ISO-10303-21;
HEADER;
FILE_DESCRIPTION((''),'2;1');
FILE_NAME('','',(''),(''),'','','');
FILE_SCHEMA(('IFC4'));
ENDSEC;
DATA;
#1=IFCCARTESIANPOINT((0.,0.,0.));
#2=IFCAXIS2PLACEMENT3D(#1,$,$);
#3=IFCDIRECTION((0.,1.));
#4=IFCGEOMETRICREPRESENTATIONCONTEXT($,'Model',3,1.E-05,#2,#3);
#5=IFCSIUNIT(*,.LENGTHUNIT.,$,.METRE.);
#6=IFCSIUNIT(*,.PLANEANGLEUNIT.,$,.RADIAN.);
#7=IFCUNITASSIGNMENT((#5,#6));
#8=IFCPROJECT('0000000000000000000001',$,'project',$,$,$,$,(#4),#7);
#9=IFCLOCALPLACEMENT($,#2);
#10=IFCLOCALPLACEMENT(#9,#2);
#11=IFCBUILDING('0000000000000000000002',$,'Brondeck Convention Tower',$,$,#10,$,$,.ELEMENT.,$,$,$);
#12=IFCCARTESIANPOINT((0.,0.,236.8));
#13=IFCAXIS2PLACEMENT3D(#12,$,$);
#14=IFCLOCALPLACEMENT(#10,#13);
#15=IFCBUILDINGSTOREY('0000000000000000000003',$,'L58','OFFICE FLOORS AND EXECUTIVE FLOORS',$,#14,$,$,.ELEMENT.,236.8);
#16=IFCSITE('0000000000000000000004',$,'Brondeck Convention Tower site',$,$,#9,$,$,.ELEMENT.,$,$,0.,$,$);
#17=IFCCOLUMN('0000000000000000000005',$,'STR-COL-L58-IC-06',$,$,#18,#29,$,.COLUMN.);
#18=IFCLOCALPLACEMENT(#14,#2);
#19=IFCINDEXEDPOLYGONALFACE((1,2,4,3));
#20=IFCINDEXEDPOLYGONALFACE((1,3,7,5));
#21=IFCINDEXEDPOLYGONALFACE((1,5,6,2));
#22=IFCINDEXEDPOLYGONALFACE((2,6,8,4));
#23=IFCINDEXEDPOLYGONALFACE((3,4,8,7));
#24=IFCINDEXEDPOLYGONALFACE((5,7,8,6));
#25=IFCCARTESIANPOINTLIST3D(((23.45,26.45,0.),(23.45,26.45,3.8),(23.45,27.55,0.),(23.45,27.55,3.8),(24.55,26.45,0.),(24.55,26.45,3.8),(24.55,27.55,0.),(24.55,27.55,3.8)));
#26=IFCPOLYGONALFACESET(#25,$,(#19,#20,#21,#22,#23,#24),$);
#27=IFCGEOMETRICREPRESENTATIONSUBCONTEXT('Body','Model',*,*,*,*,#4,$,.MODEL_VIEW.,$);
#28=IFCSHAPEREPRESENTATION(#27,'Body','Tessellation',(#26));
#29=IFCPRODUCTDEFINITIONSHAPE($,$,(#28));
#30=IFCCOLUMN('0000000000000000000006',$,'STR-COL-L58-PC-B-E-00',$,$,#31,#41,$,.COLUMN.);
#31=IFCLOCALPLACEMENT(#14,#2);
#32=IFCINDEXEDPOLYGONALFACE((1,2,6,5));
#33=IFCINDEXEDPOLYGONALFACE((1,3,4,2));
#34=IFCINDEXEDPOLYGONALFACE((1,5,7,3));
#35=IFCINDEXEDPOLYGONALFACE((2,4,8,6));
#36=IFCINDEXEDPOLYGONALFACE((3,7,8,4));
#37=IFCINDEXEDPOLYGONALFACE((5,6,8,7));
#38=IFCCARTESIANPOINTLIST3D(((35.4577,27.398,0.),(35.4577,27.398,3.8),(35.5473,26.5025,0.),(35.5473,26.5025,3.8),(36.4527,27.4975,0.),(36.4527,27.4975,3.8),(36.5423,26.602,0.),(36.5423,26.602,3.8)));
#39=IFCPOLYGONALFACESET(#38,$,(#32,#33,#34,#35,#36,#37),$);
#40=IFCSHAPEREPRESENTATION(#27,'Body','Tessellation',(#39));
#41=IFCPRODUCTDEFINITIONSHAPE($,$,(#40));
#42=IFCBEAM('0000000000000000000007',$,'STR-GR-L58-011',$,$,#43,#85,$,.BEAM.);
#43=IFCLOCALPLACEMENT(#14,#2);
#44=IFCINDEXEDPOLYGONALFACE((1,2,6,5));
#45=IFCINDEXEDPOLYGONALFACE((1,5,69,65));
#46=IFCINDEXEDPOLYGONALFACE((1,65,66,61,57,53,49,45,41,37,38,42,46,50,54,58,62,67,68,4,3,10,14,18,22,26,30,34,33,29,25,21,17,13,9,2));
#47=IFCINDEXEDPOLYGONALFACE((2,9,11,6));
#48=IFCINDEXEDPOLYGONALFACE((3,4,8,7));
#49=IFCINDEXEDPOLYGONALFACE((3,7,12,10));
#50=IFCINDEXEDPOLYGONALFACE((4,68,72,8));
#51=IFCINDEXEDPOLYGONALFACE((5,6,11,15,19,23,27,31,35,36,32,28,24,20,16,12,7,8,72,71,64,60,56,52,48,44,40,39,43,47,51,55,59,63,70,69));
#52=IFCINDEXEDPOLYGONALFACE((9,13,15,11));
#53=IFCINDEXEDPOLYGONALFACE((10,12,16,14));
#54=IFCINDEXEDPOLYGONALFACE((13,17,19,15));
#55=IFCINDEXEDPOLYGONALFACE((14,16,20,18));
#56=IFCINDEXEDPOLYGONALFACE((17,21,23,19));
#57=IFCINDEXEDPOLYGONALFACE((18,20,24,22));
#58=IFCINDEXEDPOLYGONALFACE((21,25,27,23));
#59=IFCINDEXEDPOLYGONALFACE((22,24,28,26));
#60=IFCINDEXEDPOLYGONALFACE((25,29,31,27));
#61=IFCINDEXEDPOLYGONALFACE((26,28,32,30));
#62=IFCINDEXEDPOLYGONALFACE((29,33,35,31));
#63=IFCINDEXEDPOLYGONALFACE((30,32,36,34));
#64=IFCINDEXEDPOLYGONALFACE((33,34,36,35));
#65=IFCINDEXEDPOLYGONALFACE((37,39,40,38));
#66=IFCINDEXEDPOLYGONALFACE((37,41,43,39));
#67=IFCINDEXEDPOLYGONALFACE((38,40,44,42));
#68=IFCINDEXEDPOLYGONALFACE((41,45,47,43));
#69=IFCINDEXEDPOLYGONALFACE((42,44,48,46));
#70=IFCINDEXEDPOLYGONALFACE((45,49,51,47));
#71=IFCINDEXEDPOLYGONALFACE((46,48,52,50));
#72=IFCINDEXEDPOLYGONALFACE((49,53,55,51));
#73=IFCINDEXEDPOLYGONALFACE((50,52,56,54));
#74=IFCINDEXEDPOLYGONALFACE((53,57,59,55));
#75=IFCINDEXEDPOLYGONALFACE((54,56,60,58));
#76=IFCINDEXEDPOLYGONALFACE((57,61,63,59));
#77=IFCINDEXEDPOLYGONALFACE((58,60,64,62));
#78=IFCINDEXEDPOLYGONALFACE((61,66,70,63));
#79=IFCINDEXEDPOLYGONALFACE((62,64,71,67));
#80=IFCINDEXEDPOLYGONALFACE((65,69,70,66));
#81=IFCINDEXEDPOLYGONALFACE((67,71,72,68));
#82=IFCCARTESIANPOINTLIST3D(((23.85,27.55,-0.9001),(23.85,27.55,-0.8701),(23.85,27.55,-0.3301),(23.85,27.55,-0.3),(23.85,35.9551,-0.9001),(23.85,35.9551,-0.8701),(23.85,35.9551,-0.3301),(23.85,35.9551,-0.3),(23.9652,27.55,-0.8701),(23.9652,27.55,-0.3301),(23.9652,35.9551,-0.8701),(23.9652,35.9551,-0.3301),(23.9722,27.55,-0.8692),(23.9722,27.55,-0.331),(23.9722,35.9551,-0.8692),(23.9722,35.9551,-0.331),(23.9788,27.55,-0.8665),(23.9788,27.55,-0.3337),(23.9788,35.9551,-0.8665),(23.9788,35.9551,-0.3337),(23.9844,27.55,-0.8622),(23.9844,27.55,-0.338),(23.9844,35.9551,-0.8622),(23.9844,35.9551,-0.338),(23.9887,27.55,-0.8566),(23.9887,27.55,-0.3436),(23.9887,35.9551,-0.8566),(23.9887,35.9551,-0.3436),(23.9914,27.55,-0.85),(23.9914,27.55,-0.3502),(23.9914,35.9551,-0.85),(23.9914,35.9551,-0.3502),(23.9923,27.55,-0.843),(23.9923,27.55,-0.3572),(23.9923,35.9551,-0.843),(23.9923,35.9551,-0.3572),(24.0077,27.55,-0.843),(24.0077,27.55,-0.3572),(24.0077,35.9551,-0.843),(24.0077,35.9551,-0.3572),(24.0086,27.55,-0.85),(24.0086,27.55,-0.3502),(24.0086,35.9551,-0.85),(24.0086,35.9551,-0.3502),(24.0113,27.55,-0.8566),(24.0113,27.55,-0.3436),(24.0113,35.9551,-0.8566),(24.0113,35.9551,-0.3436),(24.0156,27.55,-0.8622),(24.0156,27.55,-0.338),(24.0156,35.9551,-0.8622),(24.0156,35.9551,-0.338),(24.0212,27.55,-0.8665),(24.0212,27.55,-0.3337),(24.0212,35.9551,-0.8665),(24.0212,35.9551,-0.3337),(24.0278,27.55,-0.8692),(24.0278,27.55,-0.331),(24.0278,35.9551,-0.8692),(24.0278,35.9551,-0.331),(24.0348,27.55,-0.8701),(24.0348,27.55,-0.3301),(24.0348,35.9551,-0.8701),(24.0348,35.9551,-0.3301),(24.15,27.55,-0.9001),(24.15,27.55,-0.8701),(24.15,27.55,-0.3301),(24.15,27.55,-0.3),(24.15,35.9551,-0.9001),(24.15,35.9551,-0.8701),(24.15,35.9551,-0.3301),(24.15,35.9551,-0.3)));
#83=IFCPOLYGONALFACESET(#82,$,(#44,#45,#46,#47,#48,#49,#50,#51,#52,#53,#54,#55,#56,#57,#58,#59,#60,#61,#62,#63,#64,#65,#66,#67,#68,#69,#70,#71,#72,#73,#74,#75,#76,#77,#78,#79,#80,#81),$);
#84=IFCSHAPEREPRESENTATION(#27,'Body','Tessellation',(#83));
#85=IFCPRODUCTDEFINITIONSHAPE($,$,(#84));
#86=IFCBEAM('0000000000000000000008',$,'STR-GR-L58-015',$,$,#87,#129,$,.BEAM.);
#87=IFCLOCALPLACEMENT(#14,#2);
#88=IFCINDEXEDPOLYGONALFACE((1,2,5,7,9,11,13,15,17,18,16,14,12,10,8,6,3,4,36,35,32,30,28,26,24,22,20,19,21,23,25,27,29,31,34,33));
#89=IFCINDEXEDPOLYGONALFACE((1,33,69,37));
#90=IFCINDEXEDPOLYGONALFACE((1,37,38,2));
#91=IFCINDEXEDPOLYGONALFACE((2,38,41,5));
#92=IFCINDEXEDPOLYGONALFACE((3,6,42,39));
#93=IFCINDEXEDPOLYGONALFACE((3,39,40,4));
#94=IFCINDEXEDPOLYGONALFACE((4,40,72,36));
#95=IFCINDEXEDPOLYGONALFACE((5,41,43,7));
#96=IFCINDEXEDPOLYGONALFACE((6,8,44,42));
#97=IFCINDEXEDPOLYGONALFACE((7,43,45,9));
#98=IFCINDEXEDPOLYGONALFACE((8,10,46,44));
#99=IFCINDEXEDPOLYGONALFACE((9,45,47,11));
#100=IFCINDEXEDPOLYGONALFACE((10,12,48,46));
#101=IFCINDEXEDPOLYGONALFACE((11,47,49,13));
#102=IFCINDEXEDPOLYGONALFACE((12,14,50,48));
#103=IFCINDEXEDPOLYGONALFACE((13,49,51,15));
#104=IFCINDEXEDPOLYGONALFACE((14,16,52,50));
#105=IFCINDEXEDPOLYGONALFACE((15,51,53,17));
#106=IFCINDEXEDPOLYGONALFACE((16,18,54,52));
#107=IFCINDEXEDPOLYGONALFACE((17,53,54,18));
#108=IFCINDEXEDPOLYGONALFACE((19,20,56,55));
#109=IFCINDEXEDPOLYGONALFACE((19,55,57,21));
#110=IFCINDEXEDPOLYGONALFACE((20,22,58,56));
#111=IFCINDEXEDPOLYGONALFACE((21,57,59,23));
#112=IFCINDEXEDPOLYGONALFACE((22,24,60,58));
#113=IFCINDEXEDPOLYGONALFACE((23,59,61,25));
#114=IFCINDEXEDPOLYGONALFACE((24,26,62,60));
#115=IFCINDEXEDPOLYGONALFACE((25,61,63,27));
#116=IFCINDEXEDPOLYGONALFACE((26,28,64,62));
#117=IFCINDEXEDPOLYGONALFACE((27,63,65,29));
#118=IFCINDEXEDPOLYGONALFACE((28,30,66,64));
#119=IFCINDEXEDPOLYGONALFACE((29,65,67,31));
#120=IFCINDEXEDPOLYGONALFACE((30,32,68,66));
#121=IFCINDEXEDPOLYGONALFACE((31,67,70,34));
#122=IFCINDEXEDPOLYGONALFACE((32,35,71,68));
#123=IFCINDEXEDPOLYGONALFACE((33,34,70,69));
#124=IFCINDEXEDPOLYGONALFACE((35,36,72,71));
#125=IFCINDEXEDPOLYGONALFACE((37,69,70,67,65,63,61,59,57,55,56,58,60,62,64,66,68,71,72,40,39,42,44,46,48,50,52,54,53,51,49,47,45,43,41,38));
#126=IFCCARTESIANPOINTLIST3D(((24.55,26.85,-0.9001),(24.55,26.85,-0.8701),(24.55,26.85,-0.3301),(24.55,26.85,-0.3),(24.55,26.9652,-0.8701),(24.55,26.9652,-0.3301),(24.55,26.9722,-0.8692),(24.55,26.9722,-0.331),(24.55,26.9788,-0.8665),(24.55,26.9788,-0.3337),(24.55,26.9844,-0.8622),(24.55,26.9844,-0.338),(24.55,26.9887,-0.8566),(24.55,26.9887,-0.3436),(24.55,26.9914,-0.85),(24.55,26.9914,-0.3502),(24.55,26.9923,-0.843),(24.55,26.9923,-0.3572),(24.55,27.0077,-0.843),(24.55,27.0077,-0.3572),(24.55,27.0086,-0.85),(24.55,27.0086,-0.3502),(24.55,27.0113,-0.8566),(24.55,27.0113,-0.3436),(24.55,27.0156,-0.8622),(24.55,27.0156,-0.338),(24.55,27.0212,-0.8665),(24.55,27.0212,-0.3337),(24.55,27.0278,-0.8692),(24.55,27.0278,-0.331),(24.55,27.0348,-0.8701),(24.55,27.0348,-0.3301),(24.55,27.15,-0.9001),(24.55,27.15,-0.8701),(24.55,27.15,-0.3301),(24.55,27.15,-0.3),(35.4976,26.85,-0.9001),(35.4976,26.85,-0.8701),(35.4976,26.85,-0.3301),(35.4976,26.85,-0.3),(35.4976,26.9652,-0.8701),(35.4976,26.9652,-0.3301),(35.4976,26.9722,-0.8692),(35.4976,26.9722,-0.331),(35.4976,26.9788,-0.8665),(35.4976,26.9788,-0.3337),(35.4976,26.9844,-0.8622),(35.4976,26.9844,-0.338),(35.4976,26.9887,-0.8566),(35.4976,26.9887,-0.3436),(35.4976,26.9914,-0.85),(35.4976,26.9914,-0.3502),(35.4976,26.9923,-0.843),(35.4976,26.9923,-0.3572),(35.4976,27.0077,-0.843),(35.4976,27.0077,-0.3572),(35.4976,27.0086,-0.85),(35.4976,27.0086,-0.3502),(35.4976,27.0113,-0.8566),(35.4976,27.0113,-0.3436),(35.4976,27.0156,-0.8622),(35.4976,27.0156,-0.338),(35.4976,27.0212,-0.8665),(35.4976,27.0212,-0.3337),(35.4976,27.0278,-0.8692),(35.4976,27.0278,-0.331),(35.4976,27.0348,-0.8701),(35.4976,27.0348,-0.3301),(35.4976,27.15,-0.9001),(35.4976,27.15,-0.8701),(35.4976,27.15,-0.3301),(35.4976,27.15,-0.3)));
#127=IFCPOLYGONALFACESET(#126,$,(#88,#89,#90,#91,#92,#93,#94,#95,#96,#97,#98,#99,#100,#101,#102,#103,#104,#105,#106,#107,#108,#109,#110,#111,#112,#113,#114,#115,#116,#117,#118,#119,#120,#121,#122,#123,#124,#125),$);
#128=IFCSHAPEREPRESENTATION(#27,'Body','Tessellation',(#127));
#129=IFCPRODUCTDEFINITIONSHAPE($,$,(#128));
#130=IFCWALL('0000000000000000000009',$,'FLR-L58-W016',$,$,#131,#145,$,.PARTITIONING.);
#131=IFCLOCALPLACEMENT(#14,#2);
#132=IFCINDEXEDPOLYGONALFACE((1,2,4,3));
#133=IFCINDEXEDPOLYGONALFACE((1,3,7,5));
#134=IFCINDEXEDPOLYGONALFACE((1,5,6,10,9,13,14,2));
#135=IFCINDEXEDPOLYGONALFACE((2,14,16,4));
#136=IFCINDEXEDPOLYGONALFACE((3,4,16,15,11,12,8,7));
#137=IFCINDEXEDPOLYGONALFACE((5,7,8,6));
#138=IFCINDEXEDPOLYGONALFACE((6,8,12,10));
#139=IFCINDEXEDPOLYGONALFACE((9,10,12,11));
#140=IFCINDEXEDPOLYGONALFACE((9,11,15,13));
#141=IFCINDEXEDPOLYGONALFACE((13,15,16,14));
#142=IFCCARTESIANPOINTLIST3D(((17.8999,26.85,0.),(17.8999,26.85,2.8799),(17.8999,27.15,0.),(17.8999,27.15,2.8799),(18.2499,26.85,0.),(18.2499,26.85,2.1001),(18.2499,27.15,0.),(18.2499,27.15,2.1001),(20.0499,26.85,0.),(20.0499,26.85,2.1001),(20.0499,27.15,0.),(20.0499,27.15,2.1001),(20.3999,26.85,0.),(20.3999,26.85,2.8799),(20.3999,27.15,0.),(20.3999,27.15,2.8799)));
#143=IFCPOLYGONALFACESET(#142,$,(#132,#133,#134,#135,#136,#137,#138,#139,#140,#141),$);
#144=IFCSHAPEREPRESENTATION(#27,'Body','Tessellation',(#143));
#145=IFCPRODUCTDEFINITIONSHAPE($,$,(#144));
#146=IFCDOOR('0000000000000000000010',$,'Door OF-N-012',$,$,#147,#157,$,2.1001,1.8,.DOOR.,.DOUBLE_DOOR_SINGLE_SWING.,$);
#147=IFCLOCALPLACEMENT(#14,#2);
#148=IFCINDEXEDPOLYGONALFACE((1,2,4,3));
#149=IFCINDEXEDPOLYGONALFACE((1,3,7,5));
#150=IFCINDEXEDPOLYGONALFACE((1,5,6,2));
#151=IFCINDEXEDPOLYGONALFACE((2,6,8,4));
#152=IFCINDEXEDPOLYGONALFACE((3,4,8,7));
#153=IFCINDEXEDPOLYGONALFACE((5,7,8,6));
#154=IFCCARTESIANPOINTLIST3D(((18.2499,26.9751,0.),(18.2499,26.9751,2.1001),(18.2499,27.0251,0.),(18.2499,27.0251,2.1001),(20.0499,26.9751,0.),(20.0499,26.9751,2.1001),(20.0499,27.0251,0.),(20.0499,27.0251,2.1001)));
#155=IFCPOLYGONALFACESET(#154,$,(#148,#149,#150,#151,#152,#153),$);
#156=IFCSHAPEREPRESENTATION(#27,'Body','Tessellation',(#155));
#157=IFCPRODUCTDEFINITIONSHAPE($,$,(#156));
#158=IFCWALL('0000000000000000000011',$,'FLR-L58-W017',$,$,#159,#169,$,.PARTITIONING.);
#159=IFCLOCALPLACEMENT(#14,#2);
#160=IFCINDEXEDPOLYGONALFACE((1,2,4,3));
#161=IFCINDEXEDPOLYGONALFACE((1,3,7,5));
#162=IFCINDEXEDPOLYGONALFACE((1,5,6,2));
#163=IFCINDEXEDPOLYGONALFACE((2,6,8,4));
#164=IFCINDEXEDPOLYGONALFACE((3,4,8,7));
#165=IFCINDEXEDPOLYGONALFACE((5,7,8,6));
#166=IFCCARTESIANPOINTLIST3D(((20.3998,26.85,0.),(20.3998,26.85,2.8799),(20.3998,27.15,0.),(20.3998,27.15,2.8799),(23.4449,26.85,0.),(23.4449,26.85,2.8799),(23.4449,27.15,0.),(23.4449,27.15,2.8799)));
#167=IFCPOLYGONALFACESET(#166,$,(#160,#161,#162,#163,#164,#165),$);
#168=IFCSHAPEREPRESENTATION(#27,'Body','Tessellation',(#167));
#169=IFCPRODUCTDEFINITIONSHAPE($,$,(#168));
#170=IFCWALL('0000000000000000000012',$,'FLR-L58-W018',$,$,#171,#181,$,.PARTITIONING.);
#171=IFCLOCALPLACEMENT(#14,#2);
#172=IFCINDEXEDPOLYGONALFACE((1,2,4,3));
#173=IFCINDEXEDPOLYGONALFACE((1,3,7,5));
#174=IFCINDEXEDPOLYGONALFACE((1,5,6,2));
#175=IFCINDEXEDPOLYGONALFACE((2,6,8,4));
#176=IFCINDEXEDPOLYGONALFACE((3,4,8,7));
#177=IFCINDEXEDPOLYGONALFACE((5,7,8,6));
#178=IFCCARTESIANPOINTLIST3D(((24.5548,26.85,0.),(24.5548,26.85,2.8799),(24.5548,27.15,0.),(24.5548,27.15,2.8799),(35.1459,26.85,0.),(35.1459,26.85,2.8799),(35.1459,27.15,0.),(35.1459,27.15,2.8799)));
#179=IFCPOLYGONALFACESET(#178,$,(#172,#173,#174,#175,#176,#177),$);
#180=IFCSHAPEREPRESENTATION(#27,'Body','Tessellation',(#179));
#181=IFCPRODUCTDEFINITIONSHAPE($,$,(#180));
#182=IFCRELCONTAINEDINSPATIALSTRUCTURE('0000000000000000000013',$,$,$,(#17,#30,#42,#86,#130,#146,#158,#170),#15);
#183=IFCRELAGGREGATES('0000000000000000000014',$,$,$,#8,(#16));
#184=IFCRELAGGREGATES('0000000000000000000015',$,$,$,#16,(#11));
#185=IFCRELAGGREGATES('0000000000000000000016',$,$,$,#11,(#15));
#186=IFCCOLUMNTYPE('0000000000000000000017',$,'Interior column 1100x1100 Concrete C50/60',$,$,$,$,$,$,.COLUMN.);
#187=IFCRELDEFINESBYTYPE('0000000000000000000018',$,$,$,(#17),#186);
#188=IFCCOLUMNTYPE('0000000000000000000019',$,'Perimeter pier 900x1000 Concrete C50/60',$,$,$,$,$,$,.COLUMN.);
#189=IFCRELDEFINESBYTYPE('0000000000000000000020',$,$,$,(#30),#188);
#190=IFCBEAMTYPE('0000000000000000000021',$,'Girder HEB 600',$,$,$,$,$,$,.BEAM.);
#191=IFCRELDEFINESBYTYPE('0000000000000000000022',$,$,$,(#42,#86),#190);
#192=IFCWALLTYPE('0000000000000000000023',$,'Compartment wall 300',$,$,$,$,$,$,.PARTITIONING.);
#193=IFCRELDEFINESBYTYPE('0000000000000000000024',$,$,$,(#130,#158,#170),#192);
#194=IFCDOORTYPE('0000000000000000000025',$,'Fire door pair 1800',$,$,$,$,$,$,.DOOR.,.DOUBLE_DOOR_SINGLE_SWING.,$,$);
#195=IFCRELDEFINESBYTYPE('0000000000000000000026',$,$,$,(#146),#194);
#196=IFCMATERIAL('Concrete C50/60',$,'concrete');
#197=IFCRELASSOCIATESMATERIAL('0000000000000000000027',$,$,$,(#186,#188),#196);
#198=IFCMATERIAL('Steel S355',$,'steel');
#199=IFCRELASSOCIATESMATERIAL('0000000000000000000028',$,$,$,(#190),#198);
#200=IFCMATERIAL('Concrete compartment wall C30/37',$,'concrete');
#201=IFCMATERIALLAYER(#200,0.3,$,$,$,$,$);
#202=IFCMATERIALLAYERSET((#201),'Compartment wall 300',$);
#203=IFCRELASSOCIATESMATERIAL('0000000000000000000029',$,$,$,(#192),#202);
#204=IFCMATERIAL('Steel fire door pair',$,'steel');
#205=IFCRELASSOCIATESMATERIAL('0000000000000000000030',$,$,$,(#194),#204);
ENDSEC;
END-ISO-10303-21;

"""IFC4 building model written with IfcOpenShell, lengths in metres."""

from ifc_helpers import new_model, si_unit, direction, frame, frame_2d, origin, origin_2d, place, context, subcontext, project, spatial, rectangle, i_section, extrude, material, layer, layer_set, material_profile, profile_set, type_object, element, fill, save


model = new_model("IFC4")

# Units and contexts
model_context = context("Model", 3, precision=1e-05, world=origin(), true_north=direction((0.0, 1.0)))
body_context = subcontext(model_context, "Body", "Model", "MODEL_VIEW")
ifc_project = project(units=[si_unit("LENGTHUNIT", "METRE"), si_unit("PLANEANGLEUNIT", "RADIAN")], contexts=[model_context])

# Site, building, storey
site_placement = place(None, origin())
site = spatial("IfcSite", under=ifc_project, at=site_placement, Name="Brondeck Convention Tower site", CompositionType="ELEMENT", RefElevation=0.0)
building_placement = place(site_placement, origin())
building = spatial("IfcBuilding", under=site, at=building_placement, Name="Brondeck Convention Tower", CompositionType="ELEMENT")
storey_placement = place(building_placement, frame((0.0, 0.0, 236.8)))
storey = spatial("IfcBuildingStorey", under=building, at=storey_placement, Name="L58", Description="OFFICE FLOORS AND EXECUTIVE FLOORS", CompositionType="ELEMENT", Elevation=236.8)

# Columns
ifc_material_1 = material(Name="Concrete C50/60", Category="concrete")
ifc_material_profile_1 = material_profile(ifc_material_1, rectangle(XDim=1.1001, YDim=1.1001, at=origin_2d()), Name="Interior column 1100x1100 Concrete C50/60")
ifc_profile_set_1 = profile_set([ifc_material_profile_1], Name="Concrete C50/60")
column_type_1 = type_object("IfcColumnType", Name="Interior column 1100x1100 Concrete C50/60", PredefinedType="COLUMN", material=ifc_profile_set_1)
column_1_placement = place(storey_placement, frame((24.0, 27.0, 0.0), z_axis=(0.0, 0.0, 1.0), x_axis=(1.0, 0.0, 0.0)))
element("IfcColumn", 1, at=column_1_placement, inside=storey, type_object=column_type_1, Name="STR-COL-L58-IC-06", PredefinedType="COLUMN", context=body_context, shape_type="SweptSolid", body=[
    extrude(rectangle(XDim=1.1001, YDim=1.1001, at=origin_2d()), origin(), (0.0, 0.0, 1.0), 3.8),
])
ifc_material_profile_2 = material_profile(ifc_material_1, rectangle(XDim=0.8999, YDim=1.0, at=origin_2d()), Name="Perimeter pier 900x1000 Concrete C50/60")
ifc_profile_set_2 = profile_set([ifc_material_profile_2], Name="Concrete C50/60")
column_type_2 = type_object("IfcColumnType", Name="Perimeter pier 900x1000 Concrete C50/60", PredefinedType="COLUMN", material=ifc_profile_set_2)
column_2_placement = place(storey_placement, frame((36.0, 27.0, 0.0), z_axis=(0.0, 0.0, 1.0), x_axis=(-0.099504, 0.995037, 0.0)))
element("IfcColumn", 2, at=column_2_placement, inside=storey, type_object=column_type_2, Name="STR-COL-L58-PC-B-E-00", PredefinedType="COLUMN", context=body_context, shape_type="SweptSolid", body=[
    extrude(rectangle(XDim=0.8999, YDim=1.0, at=origin_2d()), origin(), (0.0, 0.0, 1.0), 3.8),
])

# Beams
ifc_material_2 = material(Name="Steel S355", Category="steel")
ifc_material_profile_3 = material_profile(ifc_material_2, i_section(OverallWidth=0.3, OverallDepth=0.6001, WebThickness=0.0154, FlangeThickness=0.03, FilletRadius=0.0271, at=origin_2d()), Name="HEB 600")
ifc_profile_set_3 = profile_set([ifc_material_profile_3], Name="Steel S355")
beam_type = type_object("IfcBeamType", Name="Girder HEB 600", PredefinedType="BEAM", material=ifc_profile_set_3)
beam_1_placement = place(storey_placement, frame((24.0, 35.9551, -0.6001), z_axis=(0.0, -1.0, 0.0), x_axis=(1.0, 0.0, 0.0)))
element("IfcBeam", 3, at=beam_1_placement, inside=storey, type_object=beam_type, Name="STR-GR-L58-011", PredefinedType="BEAM", context=body_context, shape_type="SweptSolid", body=[
    extrude(i_section(OverallWidth=0.3, OverallDepth=0.6001, WebThickness=0.0154, FlangeThickness=0.03, FilletRadius=0.0271, at=origin_2d()), origin(), (0.0, 0.0, 1.0), 8.405),
])
beam_2_placement = place(storey_placement, frame((24.55, 27.0, -0.6001), z_axis=(1.0, 0.0, 0.0), x_axis=(0.0, 1.0, 0.0)))
element("IfcBeam", 4, at=beam_2_placement, inside=storey, type_object=beam_type, Name="STR-GR-L58-015", PredefinedType="BEAM", context=body_context, shape_type="SweptSolid", body=[
    extrude(i_section(OverallWidth=0.3, OverallDepth=0.6001, WebThickness=0.0154, FlangeThickness=0.03, FilletRadius=0.0271, at=origin_2d()), origin(), (0.0, 0.0, 1.0), 10.9475),
])

# Wall, opening, door
ifc_material_3 = material(Name="Concrete compartment wall C30/37", Category="concrete")
ifc_layer_1 = layer(ifc_material_3, 0.3)
ifc_layer_set_1 = layer_set([ifc_layer_1], Name="Compartment wall 300")
wall_type_1 = type_object("IfcWallType", Name="Compartment wall 300", PredefinedType="PARTITIONING", material=ifc_layer_set_1)
wall_1_placement = place(storey_placement, frame((20.3999, 27.0, 0.0), z_axis=(0.0, 0.0, 1.0), x_axis=(-1.0, 0.0, 0.0)))
wall_1 = element("IfcWall", 5, at=wall_1_placement, inside=storey, type_object=wall_type_1, Name="FLR-L58-W016", PredefinedType="PARTITIONING", context=body_context, shape_type="SweptSolid", body=[
    extrude(rectangle(XDim=2.5, YDim=0.3, at=frame_2d((1.25, 0.0))), origin(), (0.0, 0.0, 1.0), 2.8799),
])
opening_1_placement = place(wall_1_placement, frame((0.3501, 0.0, 0.0)))
opening_1 = element("IfcOpeningElement", 6, at=opening_1_placement, cuts=wall_1, PredefinedType="OPENING", context=body_context, shape_type="SweptSolid", body=[
    extrude(rectangle(XDim=1.8, YDim=2.1001, at=frame_2d((0.8999, 1.05))), frame((0.0, 0.1599, 0.0), z_axis=(0.0, -1.0, 0.0), x_axis=(1.0, 0.0, 0.0)), (0.0, 0.0, 1.0), 0.3201),
])
ifc_material_4 = material(Name="Steel fire door pair", Category="steel")
door_type_1 = type_object("IfcDoorType", Name="Fire door pair 1800", OperationType="DOUBLE_DOOR_SINGLE_SWING", PredefinedType="DOOR", material=ifc_material_4)
door_1_placement = place(opening_1_placement, origin())
door_1 = element("IfcDoor", 7, at=door_1_placement, inside=storey, type_object=door_type_1, Name="Door OF-N-012", OperationType="DOUBLE_DOOR_SINGLE_SWING", OverallHeight=2.1001, OverallWidth=1.8, PredefinedType="DOOR", context=body_context, shape_type="SweptSolid", body=[
    extrude(rectangle(XDim=1.8, YDim=2.1001, at=frame_2d((0.8999, 1.05))), frame((0.0, 0.0249, 0.0), z_axis=(0.0, -1.0, 0.0), x_axis=(1.0, 0.0, 0.0)), (0.0, 0.0, 1.0), 0.05),
])
fill(opening_1, door_1)

# Walls
wall_2_placement = place(storey_placement, frame((20.3999, 27.0, 0.0), z_axis=(0.0, 0.0, 1.0), x_axis=(1.0, 0.0, 0.0)))
element("IfcWall", 8, at=wall_2_placement, inside=storey, type_object=wall_type_1, Name="FLR-L58-W017", PredefinedType="PARTITIONING", context=body_context, shape_type="SweptSolid", body=[
    extrude(rectangle(XDim=3.0452, YDim=0.3, at=frame_2d((1.5225, 0.0))), origin(), (0.0, 0.0, 1.0), 2.8799),
])
wall_3_placement = place(storey_placement, frame((24.5549, 27.0, 0.0), z_axis=(0.0, 0.0, 1.0), x_axis=(1.0, 0.0, 0.0)))
element("IfcWall", 9, at=wall_3_placement, inside=storey, type_object=wall_type_1, Name="FLR-L58-W018", PredefinedType="PARTITIONING", context=body_context, shape_type="SweptSolid", body=[
    extrude(rectangle(XDim=10.5911, YDim=0.3, at=frame_2d((5.2954, 0.0))), origin(), (0.0, 0.0, 1.0), 2.8799),
])

save(model, "model.ifc")
